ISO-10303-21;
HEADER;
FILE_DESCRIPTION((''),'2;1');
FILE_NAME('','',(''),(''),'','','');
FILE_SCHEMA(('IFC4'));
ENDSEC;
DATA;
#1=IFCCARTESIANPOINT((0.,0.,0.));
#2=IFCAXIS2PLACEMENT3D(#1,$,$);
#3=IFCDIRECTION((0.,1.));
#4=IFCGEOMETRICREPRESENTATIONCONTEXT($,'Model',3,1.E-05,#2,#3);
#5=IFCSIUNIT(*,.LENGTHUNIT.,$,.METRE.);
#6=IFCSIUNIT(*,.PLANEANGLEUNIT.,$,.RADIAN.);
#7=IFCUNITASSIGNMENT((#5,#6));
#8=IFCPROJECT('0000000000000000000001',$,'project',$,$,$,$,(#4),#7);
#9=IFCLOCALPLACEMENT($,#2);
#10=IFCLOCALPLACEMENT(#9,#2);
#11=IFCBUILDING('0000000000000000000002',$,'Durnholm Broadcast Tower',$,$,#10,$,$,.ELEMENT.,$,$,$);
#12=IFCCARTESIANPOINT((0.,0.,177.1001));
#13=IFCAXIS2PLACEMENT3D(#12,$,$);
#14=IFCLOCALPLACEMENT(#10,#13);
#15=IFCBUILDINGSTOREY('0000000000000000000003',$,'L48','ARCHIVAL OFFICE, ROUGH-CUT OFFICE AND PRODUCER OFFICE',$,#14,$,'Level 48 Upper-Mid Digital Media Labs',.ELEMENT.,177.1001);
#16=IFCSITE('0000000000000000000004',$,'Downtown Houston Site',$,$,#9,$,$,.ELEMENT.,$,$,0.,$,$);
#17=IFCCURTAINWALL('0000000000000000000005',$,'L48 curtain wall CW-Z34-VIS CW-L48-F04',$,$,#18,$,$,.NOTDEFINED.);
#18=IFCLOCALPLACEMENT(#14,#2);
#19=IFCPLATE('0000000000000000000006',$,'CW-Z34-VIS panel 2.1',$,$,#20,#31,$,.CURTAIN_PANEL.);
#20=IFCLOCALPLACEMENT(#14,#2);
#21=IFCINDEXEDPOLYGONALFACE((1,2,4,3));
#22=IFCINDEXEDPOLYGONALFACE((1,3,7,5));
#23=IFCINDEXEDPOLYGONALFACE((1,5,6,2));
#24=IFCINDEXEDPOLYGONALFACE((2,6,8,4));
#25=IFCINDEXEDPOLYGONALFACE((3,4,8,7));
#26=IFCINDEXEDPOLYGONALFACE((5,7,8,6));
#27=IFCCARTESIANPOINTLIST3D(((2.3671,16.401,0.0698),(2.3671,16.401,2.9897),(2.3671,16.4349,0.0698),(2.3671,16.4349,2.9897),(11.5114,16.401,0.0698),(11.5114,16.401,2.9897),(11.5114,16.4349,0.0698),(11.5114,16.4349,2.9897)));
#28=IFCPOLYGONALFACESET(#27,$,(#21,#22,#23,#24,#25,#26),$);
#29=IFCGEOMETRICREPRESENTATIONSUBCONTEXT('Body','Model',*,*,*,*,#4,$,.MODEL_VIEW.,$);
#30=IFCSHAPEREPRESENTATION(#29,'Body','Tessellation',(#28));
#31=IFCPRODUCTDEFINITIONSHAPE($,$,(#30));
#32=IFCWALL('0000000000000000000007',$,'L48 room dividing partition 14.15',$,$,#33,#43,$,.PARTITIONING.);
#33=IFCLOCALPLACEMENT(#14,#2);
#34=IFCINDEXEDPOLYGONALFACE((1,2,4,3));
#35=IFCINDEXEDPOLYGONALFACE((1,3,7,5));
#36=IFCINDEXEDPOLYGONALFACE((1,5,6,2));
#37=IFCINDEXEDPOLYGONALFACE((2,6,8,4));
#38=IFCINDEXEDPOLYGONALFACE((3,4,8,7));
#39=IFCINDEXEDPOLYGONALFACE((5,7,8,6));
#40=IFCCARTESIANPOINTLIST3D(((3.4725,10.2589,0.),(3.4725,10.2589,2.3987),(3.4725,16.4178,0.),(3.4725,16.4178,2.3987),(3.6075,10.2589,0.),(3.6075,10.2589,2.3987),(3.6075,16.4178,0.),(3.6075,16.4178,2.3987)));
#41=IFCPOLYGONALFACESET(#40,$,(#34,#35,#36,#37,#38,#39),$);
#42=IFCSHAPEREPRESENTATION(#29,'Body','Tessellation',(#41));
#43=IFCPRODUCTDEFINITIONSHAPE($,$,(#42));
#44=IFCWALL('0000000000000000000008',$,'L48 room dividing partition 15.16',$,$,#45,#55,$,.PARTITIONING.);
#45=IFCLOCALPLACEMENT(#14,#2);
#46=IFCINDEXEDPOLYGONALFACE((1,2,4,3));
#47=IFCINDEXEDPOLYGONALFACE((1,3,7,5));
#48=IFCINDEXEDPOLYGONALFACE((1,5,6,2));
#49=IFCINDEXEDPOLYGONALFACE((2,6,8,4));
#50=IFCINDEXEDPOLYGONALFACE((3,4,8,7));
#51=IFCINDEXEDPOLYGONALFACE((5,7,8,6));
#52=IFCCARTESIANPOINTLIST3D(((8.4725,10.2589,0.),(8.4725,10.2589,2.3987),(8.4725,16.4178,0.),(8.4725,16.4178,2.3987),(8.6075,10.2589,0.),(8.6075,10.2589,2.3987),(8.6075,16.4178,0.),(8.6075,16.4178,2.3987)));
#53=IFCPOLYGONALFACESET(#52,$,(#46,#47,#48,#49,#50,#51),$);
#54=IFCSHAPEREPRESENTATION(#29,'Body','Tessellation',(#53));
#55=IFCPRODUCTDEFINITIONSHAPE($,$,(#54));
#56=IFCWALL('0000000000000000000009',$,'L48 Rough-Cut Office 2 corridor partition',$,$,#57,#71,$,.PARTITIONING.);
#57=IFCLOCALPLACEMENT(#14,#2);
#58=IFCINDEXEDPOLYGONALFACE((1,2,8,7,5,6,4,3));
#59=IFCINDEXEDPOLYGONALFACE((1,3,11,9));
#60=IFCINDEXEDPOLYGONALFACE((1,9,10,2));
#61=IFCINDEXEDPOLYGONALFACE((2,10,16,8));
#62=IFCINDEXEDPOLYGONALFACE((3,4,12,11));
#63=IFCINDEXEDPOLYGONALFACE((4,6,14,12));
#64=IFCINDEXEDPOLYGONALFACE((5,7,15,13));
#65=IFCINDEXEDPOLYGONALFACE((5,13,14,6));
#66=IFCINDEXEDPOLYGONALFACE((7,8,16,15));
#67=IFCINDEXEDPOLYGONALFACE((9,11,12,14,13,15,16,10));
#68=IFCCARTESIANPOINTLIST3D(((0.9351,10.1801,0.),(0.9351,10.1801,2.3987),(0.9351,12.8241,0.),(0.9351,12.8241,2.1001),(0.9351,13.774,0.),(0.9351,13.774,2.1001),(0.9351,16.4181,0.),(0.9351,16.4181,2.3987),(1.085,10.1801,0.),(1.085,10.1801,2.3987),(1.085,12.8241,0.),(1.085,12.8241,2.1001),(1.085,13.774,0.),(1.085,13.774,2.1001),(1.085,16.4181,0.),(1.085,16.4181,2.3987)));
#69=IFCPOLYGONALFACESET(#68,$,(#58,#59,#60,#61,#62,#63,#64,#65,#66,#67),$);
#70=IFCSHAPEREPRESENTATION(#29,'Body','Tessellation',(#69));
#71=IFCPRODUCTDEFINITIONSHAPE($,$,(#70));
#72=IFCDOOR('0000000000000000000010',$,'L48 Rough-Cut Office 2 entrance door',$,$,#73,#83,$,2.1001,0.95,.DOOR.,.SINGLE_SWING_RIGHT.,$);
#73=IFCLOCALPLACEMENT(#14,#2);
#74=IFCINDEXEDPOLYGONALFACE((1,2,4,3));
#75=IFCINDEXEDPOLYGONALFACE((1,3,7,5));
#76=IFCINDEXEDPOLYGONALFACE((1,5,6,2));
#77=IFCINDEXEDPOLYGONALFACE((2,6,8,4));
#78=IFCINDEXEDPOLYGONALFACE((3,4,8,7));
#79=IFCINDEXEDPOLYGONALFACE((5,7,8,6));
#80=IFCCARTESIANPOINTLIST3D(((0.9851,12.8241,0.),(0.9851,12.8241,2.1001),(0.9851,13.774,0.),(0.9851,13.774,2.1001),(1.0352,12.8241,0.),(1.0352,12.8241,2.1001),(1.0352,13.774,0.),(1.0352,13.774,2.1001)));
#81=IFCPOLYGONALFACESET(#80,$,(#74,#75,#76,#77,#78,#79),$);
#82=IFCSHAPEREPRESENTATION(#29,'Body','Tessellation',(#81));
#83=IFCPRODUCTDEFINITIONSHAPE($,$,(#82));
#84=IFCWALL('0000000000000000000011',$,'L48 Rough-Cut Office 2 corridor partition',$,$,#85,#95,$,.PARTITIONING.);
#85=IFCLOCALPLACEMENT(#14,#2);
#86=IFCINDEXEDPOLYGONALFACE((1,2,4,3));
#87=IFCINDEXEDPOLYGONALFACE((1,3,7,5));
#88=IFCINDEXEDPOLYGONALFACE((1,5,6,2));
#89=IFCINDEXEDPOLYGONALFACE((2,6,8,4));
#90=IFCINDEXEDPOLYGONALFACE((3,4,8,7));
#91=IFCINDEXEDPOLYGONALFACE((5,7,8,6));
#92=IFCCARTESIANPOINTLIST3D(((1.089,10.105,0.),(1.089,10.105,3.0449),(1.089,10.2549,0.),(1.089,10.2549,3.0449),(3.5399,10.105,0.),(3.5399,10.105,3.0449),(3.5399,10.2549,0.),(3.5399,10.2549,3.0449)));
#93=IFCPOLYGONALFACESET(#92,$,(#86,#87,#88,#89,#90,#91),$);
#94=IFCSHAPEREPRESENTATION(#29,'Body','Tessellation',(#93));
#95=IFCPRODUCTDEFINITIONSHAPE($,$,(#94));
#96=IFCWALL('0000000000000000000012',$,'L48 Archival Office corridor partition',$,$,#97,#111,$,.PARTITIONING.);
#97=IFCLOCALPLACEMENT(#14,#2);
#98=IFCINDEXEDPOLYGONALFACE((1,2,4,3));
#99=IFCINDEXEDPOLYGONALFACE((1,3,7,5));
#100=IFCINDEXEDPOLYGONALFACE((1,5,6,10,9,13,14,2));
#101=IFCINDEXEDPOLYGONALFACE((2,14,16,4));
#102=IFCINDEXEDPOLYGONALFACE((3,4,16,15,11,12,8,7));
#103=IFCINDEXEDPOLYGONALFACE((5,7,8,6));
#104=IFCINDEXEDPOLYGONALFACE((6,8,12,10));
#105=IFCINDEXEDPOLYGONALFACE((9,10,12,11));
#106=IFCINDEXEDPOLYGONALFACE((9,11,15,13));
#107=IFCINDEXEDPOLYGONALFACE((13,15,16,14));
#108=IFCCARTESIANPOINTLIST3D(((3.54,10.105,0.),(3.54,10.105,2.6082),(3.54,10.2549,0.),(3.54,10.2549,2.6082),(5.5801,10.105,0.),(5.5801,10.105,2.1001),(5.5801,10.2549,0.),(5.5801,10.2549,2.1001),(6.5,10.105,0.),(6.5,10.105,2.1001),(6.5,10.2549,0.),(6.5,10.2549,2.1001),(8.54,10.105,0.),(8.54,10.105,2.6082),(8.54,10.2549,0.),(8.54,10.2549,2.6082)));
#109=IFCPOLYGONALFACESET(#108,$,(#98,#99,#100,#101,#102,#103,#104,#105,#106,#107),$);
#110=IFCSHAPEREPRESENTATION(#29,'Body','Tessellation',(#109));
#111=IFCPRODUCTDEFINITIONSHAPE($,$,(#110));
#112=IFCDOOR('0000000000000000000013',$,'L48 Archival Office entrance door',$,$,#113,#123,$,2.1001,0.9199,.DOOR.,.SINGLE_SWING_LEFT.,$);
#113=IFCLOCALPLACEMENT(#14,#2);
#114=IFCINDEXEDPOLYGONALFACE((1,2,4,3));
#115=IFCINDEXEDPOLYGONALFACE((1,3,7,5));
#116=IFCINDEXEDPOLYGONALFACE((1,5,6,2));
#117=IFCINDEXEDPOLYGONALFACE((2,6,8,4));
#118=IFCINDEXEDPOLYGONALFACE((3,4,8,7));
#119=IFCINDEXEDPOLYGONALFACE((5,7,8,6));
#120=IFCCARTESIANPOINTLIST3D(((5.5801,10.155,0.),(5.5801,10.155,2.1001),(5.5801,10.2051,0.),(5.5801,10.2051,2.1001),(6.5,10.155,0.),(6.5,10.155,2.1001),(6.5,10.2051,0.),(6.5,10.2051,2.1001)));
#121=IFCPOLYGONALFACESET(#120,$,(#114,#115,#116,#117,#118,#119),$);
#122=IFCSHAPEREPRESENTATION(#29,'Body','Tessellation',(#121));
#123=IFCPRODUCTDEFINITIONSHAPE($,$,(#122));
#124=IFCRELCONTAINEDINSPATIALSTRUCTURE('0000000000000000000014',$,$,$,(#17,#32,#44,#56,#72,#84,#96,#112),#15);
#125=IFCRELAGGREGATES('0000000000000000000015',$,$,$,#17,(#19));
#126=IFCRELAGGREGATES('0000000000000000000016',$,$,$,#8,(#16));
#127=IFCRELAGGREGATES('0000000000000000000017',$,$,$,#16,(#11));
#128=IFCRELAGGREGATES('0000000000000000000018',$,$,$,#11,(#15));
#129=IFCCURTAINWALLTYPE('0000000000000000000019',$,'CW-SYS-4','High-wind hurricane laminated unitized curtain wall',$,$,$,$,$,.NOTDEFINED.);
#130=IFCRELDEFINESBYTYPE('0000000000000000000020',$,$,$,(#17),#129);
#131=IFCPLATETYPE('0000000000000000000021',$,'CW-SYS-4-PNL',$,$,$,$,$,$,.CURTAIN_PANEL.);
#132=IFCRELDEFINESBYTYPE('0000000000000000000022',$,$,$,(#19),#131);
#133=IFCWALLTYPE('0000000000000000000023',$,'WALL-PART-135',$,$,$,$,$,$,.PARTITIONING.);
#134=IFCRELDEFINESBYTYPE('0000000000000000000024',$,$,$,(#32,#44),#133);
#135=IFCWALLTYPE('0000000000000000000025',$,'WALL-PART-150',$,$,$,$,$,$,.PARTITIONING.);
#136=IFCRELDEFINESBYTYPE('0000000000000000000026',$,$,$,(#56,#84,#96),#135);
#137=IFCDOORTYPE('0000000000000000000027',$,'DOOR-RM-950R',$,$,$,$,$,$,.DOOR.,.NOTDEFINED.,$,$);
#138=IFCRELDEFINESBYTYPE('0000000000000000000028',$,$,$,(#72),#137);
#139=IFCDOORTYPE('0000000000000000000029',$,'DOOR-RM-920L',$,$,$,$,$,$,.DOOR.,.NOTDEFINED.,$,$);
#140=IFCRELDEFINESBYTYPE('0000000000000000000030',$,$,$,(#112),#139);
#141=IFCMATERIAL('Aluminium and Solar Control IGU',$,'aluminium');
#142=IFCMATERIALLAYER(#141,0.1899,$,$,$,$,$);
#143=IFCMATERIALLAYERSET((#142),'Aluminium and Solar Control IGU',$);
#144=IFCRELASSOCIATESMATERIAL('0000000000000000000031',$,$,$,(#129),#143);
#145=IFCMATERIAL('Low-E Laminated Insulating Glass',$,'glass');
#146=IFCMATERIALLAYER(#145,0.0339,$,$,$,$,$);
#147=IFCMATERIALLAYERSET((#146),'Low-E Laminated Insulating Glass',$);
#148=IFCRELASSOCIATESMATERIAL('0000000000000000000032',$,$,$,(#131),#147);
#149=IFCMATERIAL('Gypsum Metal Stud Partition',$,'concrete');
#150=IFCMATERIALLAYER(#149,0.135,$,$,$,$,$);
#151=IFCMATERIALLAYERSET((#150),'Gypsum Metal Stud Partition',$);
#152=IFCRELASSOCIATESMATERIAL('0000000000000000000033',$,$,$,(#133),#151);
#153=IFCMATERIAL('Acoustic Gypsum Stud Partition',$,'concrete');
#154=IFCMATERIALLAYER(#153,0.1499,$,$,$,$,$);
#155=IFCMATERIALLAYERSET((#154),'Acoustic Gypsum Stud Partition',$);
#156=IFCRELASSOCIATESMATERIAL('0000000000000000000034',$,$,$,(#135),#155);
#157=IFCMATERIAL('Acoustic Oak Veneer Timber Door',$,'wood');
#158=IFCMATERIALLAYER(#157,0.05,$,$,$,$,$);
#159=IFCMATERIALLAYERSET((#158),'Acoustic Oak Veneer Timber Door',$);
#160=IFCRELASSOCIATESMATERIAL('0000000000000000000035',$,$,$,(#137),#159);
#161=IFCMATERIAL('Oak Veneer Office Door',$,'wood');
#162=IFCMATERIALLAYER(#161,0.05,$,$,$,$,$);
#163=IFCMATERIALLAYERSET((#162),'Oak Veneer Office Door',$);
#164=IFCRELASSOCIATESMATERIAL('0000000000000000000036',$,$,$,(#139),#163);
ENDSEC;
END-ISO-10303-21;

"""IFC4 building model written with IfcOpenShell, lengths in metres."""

from ifc_helpers import new_model, si_unit, direction, frame, frame_2d, origin, origin_2d, place, context, subcontext, project, spatial, rectangle, extrude, source, transform, mapped, material, layer, layer_set, type_object, type_shapes, element, fill, aggregate, save


model = new_model("IFC4")

# Units and contexts
model_context = context("Model", 3, precision=1e-05, world=origin(), true_north=direction((0.0, 1.0)))
body_context = subcontext(model_context, "Body", "Model", "MODEL_VIEW")
ifc_project = project(units=[si_unit("LENGTHUNIT", "METRE"), si_unit("PLANEANGLEUNIT", "RADIAN")], contexts=[model_context])

# Site, building, storey
site_placement = place(None, origin())
site = spatial("IfcSite", under=ifc_project, at=site_placement, Name="Downtown Houston Site", CompositionType="ELEMENT", RefElevation=0.0)
building_placement = place(site_placement, origin())
building = spatial("IfcBuilding", under=site, at=building_placement, Name="Durnholm Broadcast Tower", CompositionType="ELEMENT")
storey_placement = place(building_placement, frame((0.0, 0.0, 177.1001)))
storey = spatial("IfcBuildingStorey", under=building, at=storey_placement, Name="L48", Description="ARCHIVAL OFFICE, ROUGH-CUT OFFICE AND PRODUCER OFFICE", LongName="Level 48 Upper-Mid Digital Media Labs", CompositionType="ELEMENT", Elevation=177.1001)

# Curtain wall, plate
ifc_material_1 = material(Name="Aluminium and Solar Control IGU", Category="aluminium")
ifc_layer_1 = layer(ifc_material_1, 0.1899)
ifc_layer_set_1 = layer_set([ifc_layer_1], Name="Aluminium and Solar Control IGU")
curtain_wall_type = type_object("IfcCurtainWallType", Name="CW-SYS-4", Description="High-wind hurricane laminated unitized curtain wall", PredefinedType="NOTDEFINED", material=ifc_layer_set_1)
curtain_wall_placement = place(storey_placement, origin())
curtain_wall = element("IfcCurtainWall", 1, at=curtain_wall_placement, inside=storey, type_object=curtain_wall_type, Name="L48 curtain wall CW-Z34-VIS CW-L48-F04", PredefinedType="NOTDEFINED")
ifc_material_2 = material(Name="Low-E Laminated Insulating Glass", Category="glass")
ifc_layer_2 = layer(ifc_material_2, 0.0339)
ifc_layer_set_2 = layer_set([ifc_layer_2], Name="Low-E Laminated Insulating Glass")
plate_type = type_object("IfcPlateType", Name="CW-SYS-4-PNL", PredefinedType="CURTAIN_PANEL", material=ifc_layer_set_2)
shared_shape_1 = source(origin(), body_context, "Body", "SweptSolid", [
    extrude(rectangle(XDim=9.1443, YDim=0.0339, at=origin_2d()), origin(), (0.0, 0.0, 1.0), 2.9199),
])
type_shapes(plate_type, [shared_shape_1])
plate_placement = place(storey_placement, frame((6.9392, 16.418, 0.0698), z_axis=(0.0, 0.0, 1.0), x_axis=(1.0, 0.0, 0.0)))
plate = element("IfcPlate", 2, at=plate_placement, type_object=plate_type, Name="CW-Z34-VIS panel 2.1", PredefinedType="CURTAIN_PANEL", context=body_context, shape_type="MappedRepresentation", body=[
    mapped(shared_shape_1, transform((0.0, 0.0, 0.0), x_axis=(1.0, 0.0, 0.0), y_axis=(0.0, 1.0, 0.0), z_axis=(0.0, 0.0, 1.0), scale=1.0)),
])
aggregate(curtain_wall, [plate])

# Walls
ifc_material_3 = material(Name="Gypsum Metal Stud Partition", Category="concrete")
ifc_layer_3 = layer(ifc_material_3, 0.135)
ifc_layer_set_3 = layer_set([ifc_layer_3], Name="Gypsum Metal Stud Partition")
wall_type_1 = type_object("IfcWallType", Name="WALL-PART-135", PredefinedType="PARTITIONING", material=ifc_layer_set_3)
for number, where, z_axis, x_axis, name in (
    (3, (3.54, 16.418, 0.0), (0.0, 0.0, 1.0), (0.0, -1.0, 0.0), "L48 room dividing partition 14.15"),
    (4, (8.54, 16.418, 0.0), (0.0, 0.0, 1.0), (0.0, -1.0, 0.0), "L48 room dividing partition 15.16"),
):
    element("IfcWall", number, at=place(storey_placement, frame(where, z_axis=z_axis, x_axis=x_axis)), inside=storey, type_object=wall_type_1, Name=name, PredefinedType="PARTITIONING", context=body_context, shape_type="SweptSolid", body=[
        extrude(rectangle(XDim=6.1589, YDim=0.135, at=frame_2d((3.0796, 0.0))), origin(), (0.0, 0.0, 1.0), 2.3987),
    ])

# Wall, opening, door
ifc_material_4 = material(Name="Acoustic Gypsum Stud Partition", Category="concrete")
ifc_layer_4 = layer(ifc_material_4, 0.1499)
ifc_layer_set_4 = layer_set([ifc_layer_4], Name="Acoustic Gypsum Stud Partition")
wall_type_2 = type_object("IfcWallType", Name="WALL-PART-150", PredefinedType="PARTITIONING", material=ifc_layer_set_4)
wall_1_placement = place(storey_placement, frame((1.01, 10.1799, 0.0), z_axis=(0.0, 0.0, 1.0), x_axis=(0.0, 1.0, 0.0)))
wall_1 = element("IfcWall", 5, at=wall_1_placement, inside=storey, type_object=wall_type_2, Name="L48 Rough-Cut Office 2 corridor partition", PredefinedType="PARTITIONING", context=body_context, shape_type="SweptSolid", body=[
    extrude(rectangle(XDim=6.238, YDim=0.1499, at=frame_2d((3.1191, 0.0))), origin(), (0.0, 0.0, 1.0), 2.3987),
])
opening_1_placement = place(wall_1_placement, frame((2.644, 0.0, 0.0)))
opening_1 = element("IfcOpeningElement", 6, at=opening_1_placement, cuts=wall_1, PredefinedType="OPENING", context=body_context, shape_type="SweptSolid", body=[
    extrude(rectangle(XDim=0.95, YDim=2.1001, at=frame_2d((0.4751, 1.05))), frame((0.0, 0.085, 0.0), z_axis=(0.0, -1.0, 0.0), x_axis=(1.0, 0.0, 0.0)), (0.0, 0.0, 1.0), 0.1699),
])
ifc_material_5 = material(Name="Acoustic Oak Veneer Timber Door", Category="wood")
ifc_layer_5 = layer(ifc_material_5, 0.05)
ifc_layer_set_5 = layer_set([ifc_layer_5], Name="Acoustic Oak Veneer Timber Door")
door_type_1 = type_object("IfcDoorType", Name="DOOR-RM-950R", OperationType="NOTDEFINED", PredefinedType="DOOR", material=ifc_layer_set_5)
shared_shape_2 = source(origin(), body_context, "Body", "SweptSolid", [
    extrude(rectangle(XDim=0.95, YDim=2.1001, at=frame_2d((0.4751, 1.05))), frame((0.0, 0.0249, 0.0), z_axis=(0.0, -1.0, 0.0), x_axis=(1.0, 0.0, 0.0)), (0.0, 0.0, 1.0), 0.05),
])
type_shapes(door_type_1, [shared_shape_2])
door_1_placement = place(opening_1_placement, origin())
door_1 = element("IfcDoor", 7, at=door_1_placement, inside=storey, type_object=door_type_1, Name="L48 Rough-Cut Office 2 entrance door", OperationType="SINGLE_SWING_RIGHT", OverallHeight=2.1001, OverallWidth=0.95, PredefinedType="DOOR", context=body_context, shape_type="MappedRepresentation", body=[
    mapped(shared_shape_2, transform((0.0, 0.0, 0.0), x_axis=(1.0, 0.0, 0.0), y_axis=(0.0, 1.0, 0.0), z_axis=(0.0, 0.0, 1.0), scale=1.0)),
])
fill(opening_1, door_1)

# Wall
wall_2_placement = place(storey_placement, frame((3.54, 10.1799, 0.0), z_axis=(0.0, 0.0, 1.0), x_axis=(-1.0, 0.0, 0.0)))
element("IfcWall", 8, at=wall_2_placement, inside=storey, type_object=wall_type_2, Name="L48 Rough-Cut Office 2 corridor partition", PredefinedType="PARTITIONING", context=body_context, shape_type="SweptSolid", body=[
    extrude(rectangle(XDim=2.4509, YDim=0.1499, at=frame_2d((1.2256, 0.0))), origin(), (0.0, 0.0, 1.0), 3.0449),
])

# Wall, opening, door
wall_3_placement = place(storey_placement, frame((8.54, 10.1799, 0.0), z_axis=(0.0, 0.0, 1.0), x_axis=(-1.0, 0.0, 0.0)))
wall_3 = element("IfcWall", 9, at=wall_3_placement, inside=storey, type_object=wall_type_2, Name="L48 Archival Office corridor partition", PredefinedType="PARTITIONING", context=body_context, shape_type="SweptSolid", body=[
    extrude(rectangle(XDim=5.0, YDim=0.1499, at=frame_2d((2.5, 0.0))), origin(), (0.0, 0.0, 1.0), 2.6082),
])
opening_2_placement = place(wall_3_placement, frame((2.04, 0.0, 0.0)))
opening_2 = element("IfcOpeningElement", 10, at=opening_2_placement, cuts=wall_3, PredefinedType="OPENING", context=body_context, shape_type="SweptSolid", body=[
    extrude(rectangle(XDim=0.9199, YDim=2.1001, at=frame_2d((0.46, 1.05))), frame((0.0, 0.085, 0.0), z_axis=(0.0, -1.0, 0.0), x_axis=(1.0, 0.0, 0.0)), (0.0, 0.0, 1.0), 0.1699),
])
ifc_material_6 = material(Name="Oak Veneer Office Door", Category="wood")
ifc_layer_6 = layer(ifc_material_6, 0.05)
ifc_layer_set_6 = layer_set([ifc_layer_6], Name="Oak Veneer Office Door")
door_type_2 = type_object("IfcDoorType", Name="DOOR-RM-920L", OperationType="NOTDEFINED", PredefinedType="DOOR", material=ifc_layer_set_6)
shared_shape_3 = source(origin(), body_context, "Body", "SweptSolid", [
    extrude(rectangle(XDim=0.9199, YDim=2.1001, at=frame_2d((0.46, 1.05))), frame((0.0, 0.0249, 0.0), z_axis=(0.0, -1.0, 0.0), x_axis=(1.0, 0.0, 0.0)), (0.0, 0.0, 1.0), 0.05),
])
type_shapes(door_type_2, [shared_shape_3])
door_2_placement = place(opening_2_placement, origin())
door_2 = element("IfcDoor", 11, at=door_2_placement, inside=storey, type_object=door_type_2, Name="L48 Archival Office entrance door", OperationType="SINGLE_SWING_LEFT", OverallHeight=2.1001, OverallWidth=0.9199, PredefinedType="DOOR", context=body_context, shape_type="MappedRepresentation", body=[
    mapped(shared_shape_3, transform((0.0, 0.0, 0.0), x_axis=(1.0, 0.0, 0.0), y_axis=(0.0, 1.0, 0.0), z_axis=(0.0, 0.0, 1.0), scale=1.0)),
])
fill(opening_2, door_2)

save(model, "model.ifc")
